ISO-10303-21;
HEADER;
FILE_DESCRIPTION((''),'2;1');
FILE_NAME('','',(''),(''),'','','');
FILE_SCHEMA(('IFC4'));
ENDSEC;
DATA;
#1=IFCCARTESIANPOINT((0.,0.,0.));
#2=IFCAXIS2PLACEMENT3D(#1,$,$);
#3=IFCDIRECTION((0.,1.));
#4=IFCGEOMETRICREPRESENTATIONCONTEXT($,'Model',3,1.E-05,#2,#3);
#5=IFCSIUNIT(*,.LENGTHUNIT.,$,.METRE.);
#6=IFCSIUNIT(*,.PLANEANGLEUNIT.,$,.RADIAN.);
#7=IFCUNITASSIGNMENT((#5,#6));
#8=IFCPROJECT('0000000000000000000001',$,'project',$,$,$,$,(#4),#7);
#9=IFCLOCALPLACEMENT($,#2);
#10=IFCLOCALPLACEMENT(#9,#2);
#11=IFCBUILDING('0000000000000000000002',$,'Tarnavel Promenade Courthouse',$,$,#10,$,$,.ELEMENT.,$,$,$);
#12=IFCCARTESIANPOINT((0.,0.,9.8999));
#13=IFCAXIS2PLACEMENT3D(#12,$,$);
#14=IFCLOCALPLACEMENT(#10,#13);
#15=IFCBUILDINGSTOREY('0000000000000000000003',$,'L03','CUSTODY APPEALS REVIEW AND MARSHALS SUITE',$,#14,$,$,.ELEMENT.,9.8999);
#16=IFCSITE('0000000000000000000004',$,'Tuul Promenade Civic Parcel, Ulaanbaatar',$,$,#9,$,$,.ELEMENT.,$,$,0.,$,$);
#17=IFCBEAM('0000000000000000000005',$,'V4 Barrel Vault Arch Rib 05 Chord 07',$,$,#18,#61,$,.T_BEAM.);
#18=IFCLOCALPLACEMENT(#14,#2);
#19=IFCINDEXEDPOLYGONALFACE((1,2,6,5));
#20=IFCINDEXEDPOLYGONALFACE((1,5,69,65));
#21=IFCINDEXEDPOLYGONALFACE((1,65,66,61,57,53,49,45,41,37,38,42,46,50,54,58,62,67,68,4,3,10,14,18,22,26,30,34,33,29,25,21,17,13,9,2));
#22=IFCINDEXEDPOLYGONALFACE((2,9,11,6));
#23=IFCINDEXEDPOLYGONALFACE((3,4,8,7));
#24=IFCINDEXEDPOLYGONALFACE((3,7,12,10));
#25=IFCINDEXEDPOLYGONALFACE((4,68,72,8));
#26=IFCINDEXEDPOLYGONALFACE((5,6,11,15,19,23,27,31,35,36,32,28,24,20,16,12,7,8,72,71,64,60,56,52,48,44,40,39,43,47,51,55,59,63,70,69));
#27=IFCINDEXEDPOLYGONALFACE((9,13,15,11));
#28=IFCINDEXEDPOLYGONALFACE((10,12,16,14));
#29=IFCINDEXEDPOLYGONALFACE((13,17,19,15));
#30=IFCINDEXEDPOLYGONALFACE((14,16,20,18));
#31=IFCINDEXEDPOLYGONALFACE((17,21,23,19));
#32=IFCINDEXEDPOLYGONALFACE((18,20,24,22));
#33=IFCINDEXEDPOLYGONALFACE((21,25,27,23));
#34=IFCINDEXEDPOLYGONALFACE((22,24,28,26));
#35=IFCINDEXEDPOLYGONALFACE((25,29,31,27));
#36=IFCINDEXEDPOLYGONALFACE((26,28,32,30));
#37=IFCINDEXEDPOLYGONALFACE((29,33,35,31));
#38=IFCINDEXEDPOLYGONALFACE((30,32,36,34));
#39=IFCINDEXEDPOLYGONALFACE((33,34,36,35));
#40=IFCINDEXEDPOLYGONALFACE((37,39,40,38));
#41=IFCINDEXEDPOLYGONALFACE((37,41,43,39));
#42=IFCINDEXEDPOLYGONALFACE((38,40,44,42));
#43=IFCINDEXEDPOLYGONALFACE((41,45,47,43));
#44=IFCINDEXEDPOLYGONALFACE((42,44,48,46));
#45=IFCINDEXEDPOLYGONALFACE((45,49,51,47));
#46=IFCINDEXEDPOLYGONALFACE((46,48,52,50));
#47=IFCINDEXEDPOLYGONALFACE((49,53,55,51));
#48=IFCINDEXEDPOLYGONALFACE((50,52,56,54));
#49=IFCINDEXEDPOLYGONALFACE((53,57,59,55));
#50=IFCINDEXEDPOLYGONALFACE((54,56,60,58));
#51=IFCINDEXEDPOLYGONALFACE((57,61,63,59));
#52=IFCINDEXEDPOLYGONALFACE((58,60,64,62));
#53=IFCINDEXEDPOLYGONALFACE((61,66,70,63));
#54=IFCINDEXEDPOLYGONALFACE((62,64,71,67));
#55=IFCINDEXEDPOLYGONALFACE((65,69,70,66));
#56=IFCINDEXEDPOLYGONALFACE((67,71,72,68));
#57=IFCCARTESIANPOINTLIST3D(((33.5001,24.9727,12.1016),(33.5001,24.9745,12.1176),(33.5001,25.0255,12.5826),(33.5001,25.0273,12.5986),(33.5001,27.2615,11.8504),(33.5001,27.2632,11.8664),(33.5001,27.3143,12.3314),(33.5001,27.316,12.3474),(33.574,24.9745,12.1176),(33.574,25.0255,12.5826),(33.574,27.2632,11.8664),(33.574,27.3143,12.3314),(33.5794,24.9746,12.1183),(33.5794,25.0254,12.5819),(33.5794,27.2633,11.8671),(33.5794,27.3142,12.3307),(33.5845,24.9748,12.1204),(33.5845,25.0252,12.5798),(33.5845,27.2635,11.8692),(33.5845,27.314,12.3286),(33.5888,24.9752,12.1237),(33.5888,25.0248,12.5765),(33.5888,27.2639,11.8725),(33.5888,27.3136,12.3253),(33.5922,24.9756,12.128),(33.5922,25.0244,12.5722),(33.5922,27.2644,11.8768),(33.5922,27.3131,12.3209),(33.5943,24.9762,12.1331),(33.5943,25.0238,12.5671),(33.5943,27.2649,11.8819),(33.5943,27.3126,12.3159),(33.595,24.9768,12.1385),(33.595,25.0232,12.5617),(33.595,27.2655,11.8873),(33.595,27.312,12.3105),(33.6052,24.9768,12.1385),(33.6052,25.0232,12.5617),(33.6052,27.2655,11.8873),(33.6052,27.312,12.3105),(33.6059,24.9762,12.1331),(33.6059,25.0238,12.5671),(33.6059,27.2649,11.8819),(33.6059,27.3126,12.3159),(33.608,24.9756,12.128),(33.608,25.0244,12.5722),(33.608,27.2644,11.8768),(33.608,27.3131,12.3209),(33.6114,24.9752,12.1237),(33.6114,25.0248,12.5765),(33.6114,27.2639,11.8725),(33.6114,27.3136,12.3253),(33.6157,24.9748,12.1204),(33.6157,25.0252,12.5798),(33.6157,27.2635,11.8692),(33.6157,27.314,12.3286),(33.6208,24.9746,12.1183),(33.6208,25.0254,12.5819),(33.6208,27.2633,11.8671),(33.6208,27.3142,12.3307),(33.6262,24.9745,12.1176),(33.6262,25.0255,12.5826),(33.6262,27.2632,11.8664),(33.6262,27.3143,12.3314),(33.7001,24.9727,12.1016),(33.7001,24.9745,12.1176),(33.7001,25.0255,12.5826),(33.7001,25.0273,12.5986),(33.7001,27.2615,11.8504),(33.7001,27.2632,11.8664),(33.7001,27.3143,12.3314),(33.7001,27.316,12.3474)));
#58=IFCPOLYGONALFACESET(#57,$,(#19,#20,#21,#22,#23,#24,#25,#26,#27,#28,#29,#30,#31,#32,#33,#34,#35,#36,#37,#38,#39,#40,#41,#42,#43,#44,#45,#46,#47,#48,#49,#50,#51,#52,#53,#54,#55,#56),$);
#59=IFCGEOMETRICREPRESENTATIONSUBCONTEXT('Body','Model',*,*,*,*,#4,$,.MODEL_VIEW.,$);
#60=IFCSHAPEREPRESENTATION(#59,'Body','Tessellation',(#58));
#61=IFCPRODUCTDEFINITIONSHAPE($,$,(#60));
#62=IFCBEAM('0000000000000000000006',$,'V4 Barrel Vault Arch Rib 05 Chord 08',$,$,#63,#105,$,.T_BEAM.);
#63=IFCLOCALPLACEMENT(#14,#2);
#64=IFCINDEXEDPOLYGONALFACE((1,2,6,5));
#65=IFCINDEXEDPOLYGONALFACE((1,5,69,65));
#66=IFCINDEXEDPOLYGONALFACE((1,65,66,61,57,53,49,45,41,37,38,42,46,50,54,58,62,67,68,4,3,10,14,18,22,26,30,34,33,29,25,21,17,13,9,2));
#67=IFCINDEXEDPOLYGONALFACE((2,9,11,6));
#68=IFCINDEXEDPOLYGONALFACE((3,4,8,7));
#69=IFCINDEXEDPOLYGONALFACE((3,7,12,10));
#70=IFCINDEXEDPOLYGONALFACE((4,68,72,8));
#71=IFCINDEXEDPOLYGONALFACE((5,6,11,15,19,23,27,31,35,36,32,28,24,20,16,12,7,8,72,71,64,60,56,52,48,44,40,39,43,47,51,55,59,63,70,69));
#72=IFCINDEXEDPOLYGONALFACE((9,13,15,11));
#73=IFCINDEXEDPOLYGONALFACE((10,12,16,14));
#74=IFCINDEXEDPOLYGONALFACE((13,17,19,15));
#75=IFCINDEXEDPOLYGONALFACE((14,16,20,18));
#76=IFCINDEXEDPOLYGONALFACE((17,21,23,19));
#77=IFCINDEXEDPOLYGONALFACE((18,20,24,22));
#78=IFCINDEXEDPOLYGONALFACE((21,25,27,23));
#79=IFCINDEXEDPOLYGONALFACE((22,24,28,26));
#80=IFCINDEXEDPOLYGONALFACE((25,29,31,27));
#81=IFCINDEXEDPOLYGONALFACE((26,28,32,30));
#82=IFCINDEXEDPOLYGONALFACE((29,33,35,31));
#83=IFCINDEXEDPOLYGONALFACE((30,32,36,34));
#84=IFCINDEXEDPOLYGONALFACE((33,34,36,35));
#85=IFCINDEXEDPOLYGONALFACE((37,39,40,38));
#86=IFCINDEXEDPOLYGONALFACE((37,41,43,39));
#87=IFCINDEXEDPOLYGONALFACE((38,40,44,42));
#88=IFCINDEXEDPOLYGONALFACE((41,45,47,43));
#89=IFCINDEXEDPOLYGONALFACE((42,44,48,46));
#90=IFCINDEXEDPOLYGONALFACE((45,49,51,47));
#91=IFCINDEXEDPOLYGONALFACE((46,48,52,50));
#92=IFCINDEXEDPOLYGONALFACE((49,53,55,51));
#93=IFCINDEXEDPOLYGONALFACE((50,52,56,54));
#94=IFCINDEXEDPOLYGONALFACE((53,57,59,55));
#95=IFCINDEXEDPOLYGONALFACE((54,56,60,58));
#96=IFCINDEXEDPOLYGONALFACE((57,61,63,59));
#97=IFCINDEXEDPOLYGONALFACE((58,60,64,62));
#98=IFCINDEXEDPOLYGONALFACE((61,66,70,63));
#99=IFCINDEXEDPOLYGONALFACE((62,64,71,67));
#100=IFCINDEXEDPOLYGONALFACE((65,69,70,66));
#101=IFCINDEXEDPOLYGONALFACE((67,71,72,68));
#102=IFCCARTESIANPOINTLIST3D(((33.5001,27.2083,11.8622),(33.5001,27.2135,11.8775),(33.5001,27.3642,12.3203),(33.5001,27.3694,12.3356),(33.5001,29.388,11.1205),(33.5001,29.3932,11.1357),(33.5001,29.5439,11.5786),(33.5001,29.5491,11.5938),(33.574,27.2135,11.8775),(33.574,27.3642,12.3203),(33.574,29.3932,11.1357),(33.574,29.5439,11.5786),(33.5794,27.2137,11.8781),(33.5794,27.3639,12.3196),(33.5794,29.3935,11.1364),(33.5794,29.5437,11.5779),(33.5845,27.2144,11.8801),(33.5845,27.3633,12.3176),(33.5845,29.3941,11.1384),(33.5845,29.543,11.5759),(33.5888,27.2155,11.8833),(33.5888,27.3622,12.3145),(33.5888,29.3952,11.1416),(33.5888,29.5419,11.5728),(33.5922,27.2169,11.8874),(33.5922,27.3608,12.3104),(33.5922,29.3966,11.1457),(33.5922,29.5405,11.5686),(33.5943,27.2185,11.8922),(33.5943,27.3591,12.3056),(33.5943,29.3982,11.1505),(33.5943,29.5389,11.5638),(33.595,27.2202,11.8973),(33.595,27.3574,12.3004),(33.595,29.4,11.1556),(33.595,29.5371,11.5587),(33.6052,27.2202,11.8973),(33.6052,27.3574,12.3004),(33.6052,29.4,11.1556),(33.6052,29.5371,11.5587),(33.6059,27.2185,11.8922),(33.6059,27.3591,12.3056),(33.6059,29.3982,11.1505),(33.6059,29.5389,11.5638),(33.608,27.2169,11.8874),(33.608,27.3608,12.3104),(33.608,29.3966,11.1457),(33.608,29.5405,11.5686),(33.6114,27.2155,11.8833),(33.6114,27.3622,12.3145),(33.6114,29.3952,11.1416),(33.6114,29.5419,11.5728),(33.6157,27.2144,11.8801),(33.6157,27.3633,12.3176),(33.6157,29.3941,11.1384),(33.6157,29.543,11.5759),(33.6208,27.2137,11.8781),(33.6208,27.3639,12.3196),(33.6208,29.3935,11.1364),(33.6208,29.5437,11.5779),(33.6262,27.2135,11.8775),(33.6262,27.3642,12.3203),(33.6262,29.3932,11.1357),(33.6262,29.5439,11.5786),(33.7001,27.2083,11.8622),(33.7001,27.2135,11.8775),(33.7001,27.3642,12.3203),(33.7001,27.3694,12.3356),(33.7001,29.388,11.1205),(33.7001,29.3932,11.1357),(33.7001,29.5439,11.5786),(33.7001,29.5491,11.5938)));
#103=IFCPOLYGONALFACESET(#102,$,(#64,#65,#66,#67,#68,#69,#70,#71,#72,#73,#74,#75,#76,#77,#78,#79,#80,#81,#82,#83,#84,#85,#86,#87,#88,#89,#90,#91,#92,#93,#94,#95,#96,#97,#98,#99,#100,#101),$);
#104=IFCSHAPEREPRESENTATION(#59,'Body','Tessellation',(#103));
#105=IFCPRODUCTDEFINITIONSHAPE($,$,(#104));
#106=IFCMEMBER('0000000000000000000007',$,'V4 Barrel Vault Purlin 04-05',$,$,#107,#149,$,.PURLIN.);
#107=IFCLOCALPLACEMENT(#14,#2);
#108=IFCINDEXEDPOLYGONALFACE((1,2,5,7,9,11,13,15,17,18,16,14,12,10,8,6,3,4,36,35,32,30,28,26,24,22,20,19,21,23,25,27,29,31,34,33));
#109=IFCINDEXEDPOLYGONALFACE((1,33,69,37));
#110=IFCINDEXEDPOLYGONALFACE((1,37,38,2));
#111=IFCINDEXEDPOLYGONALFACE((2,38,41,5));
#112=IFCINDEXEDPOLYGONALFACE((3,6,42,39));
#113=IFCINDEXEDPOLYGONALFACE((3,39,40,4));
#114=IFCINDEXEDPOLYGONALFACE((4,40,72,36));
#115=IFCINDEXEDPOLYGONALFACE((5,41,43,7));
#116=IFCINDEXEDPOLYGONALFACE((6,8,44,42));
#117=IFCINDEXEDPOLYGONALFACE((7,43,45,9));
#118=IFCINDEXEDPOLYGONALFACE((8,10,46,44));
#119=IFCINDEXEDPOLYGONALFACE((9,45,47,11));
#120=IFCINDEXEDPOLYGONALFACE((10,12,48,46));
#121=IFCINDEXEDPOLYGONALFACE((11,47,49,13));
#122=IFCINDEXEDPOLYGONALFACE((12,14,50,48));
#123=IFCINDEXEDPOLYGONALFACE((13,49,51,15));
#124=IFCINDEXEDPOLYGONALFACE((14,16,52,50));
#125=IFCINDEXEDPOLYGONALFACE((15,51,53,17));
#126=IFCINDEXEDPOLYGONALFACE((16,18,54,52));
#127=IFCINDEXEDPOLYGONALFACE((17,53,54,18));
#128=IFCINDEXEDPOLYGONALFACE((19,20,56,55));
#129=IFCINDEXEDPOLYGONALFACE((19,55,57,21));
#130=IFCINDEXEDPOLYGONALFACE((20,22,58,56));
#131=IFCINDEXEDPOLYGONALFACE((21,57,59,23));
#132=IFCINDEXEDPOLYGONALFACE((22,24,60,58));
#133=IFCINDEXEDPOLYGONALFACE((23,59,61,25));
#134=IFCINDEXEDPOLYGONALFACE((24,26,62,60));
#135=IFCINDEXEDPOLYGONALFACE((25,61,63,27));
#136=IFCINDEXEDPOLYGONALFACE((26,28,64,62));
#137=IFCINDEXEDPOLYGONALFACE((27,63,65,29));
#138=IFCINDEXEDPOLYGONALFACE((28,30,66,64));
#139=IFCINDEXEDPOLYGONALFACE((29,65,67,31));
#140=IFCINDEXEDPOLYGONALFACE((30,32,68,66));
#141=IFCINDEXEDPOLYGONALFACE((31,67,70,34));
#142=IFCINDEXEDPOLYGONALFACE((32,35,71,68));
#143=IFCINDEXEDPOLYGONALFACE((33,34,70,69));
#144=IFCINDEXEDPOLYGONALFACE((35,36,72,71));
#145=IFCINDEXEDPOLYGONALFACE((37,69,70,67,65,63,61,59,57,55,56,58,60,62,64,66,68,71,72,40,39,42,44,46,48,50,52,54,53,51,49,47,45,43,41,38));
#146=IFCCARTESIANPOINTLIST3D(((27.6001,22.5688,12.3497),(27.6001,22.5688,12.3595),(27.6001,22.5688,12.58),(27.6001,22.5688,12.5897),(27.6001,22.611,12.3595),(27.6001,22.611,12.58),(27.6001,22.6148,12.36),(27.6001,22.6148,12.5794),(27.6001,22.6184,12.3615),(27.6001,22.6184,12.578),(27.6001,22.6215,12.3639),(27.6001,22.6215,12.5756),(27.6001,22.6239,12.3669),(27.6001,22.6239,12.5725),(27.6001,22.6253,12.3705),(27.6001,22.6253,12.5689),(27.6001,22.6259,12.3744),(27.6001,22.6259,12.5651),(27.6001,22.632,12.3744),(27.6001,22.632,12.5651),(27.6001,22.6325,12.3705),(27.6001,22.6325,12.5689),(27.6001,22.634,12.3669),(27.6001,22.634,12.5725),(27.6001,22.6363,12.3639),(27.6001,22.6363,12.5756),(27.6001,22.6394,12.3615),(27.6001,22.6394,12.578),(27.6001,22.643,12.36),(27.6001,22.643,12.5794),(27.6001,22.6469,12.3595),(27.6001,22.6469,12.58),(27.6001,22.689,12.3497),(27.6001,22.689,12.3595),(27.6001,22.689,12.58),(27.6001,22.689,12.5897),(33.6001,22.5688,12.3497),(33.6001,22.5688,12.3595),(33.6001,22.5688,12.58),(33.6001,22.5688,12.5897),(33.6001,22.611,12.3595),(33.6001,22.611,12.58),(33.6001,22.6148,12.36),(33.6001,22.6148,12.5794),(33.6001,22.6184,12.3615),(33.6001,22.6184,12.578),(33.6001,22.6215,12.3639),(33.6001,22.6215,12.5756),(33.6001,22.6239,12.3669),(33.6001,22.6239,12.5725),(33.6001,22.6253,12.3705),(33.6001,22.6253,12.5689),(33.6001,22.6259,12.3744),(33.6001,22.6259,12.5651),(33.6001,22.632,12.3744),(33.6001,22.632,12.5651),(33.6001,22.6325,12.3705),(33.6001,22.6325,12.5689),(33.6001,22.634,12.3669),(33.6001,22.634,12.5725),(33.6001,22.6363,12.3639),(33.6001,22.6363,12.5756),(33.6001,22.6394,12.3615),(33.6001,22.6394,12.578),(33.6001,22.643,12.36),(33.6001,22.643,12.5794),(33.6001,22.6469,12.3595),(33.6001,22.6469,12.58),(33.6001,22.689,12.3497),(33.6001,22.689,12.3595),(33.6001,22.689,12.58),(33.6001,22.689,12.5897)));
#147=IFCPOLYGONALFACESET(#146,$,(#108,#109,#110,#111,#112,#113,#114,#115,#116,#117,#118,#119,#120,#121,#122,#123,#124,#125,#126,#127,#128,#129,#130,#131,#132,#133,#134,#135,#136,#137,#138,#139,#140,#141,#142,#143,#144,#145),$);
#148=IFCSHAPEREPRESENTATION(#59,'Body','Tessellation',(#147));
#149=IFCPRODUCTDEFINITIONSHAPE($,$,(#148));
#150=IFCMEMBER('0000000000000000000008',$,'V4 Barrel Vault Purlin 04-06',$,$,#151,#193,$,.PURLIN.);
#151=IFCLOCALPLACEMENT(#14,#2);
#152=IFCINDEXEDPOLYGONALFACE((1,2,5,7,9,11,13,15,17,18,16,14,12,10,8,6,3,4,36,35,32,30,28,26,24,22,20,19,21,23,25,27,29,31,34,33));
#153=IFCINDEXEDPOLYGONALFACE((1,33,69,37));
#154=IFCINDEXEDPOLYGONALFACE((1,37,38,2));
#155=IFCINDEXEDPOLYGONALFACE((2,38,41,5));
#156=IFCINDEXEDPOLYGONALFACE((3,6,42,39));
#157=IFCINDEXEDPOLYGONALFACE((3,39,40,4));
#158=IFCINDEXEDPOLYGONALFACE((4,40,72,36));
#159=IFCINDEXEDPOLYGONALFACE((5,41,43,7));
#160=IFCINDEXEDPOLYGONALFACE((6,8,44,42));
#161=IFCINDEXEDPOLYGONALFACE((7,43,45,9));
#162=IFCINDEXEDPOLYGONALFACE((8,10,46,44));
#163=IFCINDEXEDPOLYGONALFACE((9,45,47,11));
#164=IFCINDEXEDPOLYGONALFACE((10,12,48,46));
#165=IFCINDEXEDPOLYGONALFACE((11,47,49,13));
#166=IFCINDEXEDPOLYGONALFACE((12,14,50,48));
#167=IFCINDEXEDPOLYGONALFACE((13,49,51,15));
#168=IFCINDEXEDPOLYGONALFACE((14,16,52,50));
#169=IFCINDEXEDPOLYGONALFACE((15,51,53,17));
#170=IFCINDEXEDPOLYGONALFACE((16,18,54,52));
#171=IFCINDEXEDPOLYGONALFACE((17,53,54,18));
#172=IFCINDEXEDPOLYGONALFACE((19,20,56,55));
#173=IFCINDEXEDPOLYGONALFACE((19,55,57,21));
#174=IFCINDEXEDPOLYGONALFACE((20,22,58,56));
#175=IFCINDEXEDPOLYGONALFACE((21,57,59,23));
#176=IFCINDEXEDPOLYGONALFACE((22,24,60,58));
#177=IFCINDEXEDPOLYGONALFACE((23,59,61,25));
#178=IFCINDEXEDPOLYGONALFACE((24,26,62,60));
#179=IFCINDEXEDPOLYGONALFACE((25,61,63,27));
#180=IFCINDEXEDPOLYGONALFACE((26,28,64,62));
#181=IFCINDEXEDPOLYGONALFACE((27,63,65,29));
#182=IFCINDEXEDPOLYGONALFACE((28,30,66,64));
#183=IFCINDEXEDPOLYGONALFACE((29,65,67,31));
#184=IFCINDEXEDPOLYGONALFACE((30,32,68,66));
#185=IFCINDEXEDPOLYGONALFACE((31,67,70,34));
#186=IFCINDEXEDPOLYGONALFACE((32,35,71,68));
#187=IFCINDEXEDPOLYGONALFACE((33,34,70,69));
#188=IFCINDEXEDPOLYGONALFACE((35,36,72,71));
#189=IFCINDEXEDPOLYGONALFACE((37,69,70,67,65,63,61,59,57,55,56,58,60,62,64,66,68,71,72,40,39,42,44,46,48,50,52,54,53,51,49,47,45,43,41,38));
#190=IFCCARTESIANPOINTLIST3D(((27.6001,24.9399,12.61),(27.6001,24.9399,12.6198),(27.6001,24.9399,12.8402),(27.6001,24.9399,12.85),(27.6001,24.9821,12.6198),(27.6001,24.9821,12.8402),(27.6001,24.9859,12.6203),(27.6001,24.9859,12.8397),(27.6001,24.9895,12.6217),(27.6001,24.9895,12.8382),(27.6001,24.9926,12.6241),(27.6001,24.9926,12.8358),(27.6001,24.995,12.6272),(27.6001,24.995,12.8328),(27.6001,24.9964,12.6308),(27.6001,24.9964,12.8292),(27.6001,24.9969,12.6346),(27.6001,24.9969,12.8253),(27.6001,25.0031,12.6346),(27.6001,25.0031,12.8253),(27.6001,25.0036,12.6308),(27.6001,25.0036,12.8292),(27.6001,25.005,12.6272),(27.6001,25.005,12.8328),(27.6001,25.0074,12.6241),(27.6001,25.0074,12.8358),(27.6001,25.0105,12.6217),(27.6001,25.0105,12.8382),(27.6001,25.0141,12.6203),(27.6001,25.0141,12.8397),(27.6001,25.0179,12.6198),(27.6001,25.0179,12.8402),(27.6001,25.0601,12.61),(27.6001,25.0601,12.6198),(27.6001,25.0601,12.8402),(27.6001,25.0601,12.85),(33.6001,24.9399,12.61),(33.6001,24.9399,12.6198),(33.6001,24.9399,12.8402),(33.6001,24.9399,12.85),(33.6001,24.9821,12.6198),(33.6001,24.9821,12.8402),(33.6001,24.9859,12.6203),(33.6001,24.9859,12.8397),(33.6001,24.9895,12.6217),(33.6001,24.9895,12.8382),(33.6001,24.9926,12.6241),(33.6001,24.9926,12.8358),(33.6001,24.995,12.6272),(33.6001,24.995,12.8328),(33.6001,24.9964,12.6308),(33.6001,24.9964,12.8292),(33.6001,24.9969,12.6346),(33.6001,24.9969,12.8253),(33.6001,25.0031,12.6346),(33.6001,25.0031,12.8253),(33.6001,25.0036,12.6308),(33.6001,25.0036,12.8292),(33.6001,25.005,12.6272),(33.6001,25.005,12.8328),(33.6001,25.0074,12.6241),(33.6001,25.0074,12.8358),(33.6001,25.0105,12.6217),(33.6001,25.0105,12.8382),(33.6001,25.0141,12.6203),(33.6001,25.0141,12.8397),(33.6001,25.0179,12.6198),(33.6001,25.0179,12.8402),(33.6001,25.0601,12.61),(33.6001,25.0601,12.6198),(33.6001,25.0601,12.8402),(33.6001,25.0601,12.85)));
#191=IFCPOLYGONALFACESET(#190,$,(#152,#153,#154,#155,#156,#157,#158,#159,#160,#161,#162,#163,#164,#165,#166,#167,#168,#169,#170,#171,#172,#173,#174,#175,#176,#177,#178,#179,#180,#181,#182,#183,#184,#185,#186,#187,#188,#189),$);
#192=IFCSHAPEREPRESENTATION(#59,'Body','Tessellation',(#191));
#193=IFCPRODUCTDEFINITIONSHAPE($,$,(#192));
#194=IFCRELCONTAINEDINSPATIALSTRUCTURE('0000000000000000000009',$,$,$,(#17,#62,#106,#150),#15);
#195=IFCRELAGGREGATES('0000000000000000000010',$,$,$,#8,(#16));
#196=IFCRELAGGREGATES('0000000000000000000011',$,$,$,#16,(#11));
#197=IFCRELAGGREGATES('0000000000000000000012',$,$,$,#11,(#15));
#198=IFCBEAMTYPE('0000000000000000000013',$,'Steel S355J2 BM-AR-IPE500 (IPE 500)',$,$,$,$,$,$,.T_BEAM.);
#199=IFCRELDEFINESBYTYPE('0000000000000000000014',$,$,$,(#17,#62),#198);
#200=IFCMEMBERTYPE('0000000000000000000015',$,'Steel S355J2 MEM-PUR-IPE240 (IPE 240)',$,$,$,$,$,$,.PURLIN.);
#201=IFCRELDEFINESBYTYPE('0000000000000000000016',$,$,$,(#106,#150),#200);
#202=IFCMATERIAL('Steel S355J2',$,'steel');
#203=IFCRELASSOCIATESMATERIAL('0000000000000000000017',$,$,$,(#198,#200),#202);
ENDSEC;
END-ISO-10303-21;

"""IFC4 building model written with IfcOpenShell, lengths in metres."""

from ifc_helpers import new_model, si_unit, direction, frame, origin, origin_2d, place, context, subcontext, project, spatial, i_section, extrude, material, material_profile, profile_set, type_object, element, save


model = new_model("IFC4")

# Units and contexts
model_context = context("Model", 3, precision=1e-05, world=origin(), true_north=direction((0.0, 1.0)))
body_context = subcontext(model_context, "Body", "Model", "MODEL_VIEW")
ifc_project = project(units=[si_unit("LENGTHUNIT", "METRE"), si_unit("PLANEANGLEUNIT", "RADIAN")], contexts=[model_context])

# Site, building, storey
site_placement = place(None, origin())
site = spatial("IfcSite", under=ifc_project, at=site_placement, Name="Tuul Promenade Civic Parcel, Ulaanbaatar", CompositionType="ELEMENT", RefElevation=0.0)
building_placement = place(site_placement, origin())
building = spatial("IfcBuilding", under=site, at=building_placement, Name="Tarnavel Promenade Courthouse", CompositionType="ELEMENT")
storey_placement = place(building_placement, frame((0.0, 0.0, 9.8999)))
storey = spatial("IfcBuildingStorey", under=building, at=storey_placement, Name="L03", Description="CUSTODY APPEALS REVIEW AND MARSHALS SUITE", CompositionType="ELEMENT", Elevation=9.8999)

# Beams
ifc_material_1 = material(Name="Steel S355J2", Category="steel")
ifc_material_profile_1 = material_profile(ifc_material_1, i_section(OverallWidth=0.2, OverallDepth=0.5, WebThickness=0.0103, FlangeThickness=0.0161, FilletRadius=0.021, at=origin_2d()), Name="IPE 500")
ifc_profile_set_1 = profile_set([ifc_material_profile_1], Name="Steel S355J2")
beam_type = type_object("IfcBeamType", Name="Steel S355J2 BM-AR-IPE500 (IPE 500)", PredefinedType="T_BEAM", material=ifc_profile_set_1)
for number, where, z_axis, x_axis, name in (
    (1, (33.6001, 25.0, 12.3501), (0.0, 0.99403, -0.109105), (-1.0, 0.0, 0.0), "V4 Barrel Vault Arch Rib 05 Chord 07"),
    (2, (33.6001, 27.2888, 12.0989), (0.0, 0.946693, -0.322138), (-1.0, 0.0, 0.0), "V4 Barrel Vault Arch Rib 05 Chord 08"),
):
    element("IfcBeam", number, at=place(storey_placement, frame(where, z_axis=z_axis, x_axis=x_axis)), inside=storey, type_object=beam_type, Name=name, PredefinedType="T_BEAM", context=body_context, shape_type="SweptSolid", body=[
        extrude(i_section(OverallWidth=0.2, OverallDepth=0.5, WebThickness=0.0103, FlangeThickness=0.0161, FilletRadius=0.021, at=origin_2d()), origin(), (0.0, 0.0, 1.0), 2.3025),
    ])

# Members
ifc_material_profile_2 = material_profile(ifc_material_1, i_section(OverallWidth=0.1201, OverallDepth=0.24, WebThickness=0.0061, FlangeThickness=0.0098, FilletRadius=0.0149, at=origin_2d()), Name="IPE 240")
ifc_profile_set_2 = profile_set([ifc_material_profile_2], Name="Steel S355J2")
member_type = type_object("IfcMemberType", Name="Steel S355J2 MEM-PUR-IPE240 (IPE 240)", PredefinedType="PURLIN", material=ifc_profile_set_2)
for number, where, z_axis, x_axis, name in (
    (3, (27.6001, 22.6289, 12.4697), (1.0, 0.0, 0.0), (0.0, 1.0, 0.0), "V4 Barrel Vault Purlin 04-05"),
    (4, (27.6001, 25.0, 12.73), (1.0, 0.0, 0.0), (0.0, 1.0, 0.0), "V4 Barrel Vault Purlin 04-06"),
):
    element("IfcMember", number, at=place(storey_placement, frame(where, z_axis=z_axis, x_axis=x_axis)), inside=storey, type_object=member_type, Name=name, PredefinedType="PURLIN", context=body_context, shape_type="SweptSolid", body=[
        extrude(i_section(OverallWidth=0.1201, OverallDepth=0.24, WebThickness=0.0061, FlangeThickness=0.0098, FilletRadius=0.0149, at=origin_2d()), origin(), (0.0, 0.0, 1.0), 6.0),
    ])

save(model, "model.ifc")
